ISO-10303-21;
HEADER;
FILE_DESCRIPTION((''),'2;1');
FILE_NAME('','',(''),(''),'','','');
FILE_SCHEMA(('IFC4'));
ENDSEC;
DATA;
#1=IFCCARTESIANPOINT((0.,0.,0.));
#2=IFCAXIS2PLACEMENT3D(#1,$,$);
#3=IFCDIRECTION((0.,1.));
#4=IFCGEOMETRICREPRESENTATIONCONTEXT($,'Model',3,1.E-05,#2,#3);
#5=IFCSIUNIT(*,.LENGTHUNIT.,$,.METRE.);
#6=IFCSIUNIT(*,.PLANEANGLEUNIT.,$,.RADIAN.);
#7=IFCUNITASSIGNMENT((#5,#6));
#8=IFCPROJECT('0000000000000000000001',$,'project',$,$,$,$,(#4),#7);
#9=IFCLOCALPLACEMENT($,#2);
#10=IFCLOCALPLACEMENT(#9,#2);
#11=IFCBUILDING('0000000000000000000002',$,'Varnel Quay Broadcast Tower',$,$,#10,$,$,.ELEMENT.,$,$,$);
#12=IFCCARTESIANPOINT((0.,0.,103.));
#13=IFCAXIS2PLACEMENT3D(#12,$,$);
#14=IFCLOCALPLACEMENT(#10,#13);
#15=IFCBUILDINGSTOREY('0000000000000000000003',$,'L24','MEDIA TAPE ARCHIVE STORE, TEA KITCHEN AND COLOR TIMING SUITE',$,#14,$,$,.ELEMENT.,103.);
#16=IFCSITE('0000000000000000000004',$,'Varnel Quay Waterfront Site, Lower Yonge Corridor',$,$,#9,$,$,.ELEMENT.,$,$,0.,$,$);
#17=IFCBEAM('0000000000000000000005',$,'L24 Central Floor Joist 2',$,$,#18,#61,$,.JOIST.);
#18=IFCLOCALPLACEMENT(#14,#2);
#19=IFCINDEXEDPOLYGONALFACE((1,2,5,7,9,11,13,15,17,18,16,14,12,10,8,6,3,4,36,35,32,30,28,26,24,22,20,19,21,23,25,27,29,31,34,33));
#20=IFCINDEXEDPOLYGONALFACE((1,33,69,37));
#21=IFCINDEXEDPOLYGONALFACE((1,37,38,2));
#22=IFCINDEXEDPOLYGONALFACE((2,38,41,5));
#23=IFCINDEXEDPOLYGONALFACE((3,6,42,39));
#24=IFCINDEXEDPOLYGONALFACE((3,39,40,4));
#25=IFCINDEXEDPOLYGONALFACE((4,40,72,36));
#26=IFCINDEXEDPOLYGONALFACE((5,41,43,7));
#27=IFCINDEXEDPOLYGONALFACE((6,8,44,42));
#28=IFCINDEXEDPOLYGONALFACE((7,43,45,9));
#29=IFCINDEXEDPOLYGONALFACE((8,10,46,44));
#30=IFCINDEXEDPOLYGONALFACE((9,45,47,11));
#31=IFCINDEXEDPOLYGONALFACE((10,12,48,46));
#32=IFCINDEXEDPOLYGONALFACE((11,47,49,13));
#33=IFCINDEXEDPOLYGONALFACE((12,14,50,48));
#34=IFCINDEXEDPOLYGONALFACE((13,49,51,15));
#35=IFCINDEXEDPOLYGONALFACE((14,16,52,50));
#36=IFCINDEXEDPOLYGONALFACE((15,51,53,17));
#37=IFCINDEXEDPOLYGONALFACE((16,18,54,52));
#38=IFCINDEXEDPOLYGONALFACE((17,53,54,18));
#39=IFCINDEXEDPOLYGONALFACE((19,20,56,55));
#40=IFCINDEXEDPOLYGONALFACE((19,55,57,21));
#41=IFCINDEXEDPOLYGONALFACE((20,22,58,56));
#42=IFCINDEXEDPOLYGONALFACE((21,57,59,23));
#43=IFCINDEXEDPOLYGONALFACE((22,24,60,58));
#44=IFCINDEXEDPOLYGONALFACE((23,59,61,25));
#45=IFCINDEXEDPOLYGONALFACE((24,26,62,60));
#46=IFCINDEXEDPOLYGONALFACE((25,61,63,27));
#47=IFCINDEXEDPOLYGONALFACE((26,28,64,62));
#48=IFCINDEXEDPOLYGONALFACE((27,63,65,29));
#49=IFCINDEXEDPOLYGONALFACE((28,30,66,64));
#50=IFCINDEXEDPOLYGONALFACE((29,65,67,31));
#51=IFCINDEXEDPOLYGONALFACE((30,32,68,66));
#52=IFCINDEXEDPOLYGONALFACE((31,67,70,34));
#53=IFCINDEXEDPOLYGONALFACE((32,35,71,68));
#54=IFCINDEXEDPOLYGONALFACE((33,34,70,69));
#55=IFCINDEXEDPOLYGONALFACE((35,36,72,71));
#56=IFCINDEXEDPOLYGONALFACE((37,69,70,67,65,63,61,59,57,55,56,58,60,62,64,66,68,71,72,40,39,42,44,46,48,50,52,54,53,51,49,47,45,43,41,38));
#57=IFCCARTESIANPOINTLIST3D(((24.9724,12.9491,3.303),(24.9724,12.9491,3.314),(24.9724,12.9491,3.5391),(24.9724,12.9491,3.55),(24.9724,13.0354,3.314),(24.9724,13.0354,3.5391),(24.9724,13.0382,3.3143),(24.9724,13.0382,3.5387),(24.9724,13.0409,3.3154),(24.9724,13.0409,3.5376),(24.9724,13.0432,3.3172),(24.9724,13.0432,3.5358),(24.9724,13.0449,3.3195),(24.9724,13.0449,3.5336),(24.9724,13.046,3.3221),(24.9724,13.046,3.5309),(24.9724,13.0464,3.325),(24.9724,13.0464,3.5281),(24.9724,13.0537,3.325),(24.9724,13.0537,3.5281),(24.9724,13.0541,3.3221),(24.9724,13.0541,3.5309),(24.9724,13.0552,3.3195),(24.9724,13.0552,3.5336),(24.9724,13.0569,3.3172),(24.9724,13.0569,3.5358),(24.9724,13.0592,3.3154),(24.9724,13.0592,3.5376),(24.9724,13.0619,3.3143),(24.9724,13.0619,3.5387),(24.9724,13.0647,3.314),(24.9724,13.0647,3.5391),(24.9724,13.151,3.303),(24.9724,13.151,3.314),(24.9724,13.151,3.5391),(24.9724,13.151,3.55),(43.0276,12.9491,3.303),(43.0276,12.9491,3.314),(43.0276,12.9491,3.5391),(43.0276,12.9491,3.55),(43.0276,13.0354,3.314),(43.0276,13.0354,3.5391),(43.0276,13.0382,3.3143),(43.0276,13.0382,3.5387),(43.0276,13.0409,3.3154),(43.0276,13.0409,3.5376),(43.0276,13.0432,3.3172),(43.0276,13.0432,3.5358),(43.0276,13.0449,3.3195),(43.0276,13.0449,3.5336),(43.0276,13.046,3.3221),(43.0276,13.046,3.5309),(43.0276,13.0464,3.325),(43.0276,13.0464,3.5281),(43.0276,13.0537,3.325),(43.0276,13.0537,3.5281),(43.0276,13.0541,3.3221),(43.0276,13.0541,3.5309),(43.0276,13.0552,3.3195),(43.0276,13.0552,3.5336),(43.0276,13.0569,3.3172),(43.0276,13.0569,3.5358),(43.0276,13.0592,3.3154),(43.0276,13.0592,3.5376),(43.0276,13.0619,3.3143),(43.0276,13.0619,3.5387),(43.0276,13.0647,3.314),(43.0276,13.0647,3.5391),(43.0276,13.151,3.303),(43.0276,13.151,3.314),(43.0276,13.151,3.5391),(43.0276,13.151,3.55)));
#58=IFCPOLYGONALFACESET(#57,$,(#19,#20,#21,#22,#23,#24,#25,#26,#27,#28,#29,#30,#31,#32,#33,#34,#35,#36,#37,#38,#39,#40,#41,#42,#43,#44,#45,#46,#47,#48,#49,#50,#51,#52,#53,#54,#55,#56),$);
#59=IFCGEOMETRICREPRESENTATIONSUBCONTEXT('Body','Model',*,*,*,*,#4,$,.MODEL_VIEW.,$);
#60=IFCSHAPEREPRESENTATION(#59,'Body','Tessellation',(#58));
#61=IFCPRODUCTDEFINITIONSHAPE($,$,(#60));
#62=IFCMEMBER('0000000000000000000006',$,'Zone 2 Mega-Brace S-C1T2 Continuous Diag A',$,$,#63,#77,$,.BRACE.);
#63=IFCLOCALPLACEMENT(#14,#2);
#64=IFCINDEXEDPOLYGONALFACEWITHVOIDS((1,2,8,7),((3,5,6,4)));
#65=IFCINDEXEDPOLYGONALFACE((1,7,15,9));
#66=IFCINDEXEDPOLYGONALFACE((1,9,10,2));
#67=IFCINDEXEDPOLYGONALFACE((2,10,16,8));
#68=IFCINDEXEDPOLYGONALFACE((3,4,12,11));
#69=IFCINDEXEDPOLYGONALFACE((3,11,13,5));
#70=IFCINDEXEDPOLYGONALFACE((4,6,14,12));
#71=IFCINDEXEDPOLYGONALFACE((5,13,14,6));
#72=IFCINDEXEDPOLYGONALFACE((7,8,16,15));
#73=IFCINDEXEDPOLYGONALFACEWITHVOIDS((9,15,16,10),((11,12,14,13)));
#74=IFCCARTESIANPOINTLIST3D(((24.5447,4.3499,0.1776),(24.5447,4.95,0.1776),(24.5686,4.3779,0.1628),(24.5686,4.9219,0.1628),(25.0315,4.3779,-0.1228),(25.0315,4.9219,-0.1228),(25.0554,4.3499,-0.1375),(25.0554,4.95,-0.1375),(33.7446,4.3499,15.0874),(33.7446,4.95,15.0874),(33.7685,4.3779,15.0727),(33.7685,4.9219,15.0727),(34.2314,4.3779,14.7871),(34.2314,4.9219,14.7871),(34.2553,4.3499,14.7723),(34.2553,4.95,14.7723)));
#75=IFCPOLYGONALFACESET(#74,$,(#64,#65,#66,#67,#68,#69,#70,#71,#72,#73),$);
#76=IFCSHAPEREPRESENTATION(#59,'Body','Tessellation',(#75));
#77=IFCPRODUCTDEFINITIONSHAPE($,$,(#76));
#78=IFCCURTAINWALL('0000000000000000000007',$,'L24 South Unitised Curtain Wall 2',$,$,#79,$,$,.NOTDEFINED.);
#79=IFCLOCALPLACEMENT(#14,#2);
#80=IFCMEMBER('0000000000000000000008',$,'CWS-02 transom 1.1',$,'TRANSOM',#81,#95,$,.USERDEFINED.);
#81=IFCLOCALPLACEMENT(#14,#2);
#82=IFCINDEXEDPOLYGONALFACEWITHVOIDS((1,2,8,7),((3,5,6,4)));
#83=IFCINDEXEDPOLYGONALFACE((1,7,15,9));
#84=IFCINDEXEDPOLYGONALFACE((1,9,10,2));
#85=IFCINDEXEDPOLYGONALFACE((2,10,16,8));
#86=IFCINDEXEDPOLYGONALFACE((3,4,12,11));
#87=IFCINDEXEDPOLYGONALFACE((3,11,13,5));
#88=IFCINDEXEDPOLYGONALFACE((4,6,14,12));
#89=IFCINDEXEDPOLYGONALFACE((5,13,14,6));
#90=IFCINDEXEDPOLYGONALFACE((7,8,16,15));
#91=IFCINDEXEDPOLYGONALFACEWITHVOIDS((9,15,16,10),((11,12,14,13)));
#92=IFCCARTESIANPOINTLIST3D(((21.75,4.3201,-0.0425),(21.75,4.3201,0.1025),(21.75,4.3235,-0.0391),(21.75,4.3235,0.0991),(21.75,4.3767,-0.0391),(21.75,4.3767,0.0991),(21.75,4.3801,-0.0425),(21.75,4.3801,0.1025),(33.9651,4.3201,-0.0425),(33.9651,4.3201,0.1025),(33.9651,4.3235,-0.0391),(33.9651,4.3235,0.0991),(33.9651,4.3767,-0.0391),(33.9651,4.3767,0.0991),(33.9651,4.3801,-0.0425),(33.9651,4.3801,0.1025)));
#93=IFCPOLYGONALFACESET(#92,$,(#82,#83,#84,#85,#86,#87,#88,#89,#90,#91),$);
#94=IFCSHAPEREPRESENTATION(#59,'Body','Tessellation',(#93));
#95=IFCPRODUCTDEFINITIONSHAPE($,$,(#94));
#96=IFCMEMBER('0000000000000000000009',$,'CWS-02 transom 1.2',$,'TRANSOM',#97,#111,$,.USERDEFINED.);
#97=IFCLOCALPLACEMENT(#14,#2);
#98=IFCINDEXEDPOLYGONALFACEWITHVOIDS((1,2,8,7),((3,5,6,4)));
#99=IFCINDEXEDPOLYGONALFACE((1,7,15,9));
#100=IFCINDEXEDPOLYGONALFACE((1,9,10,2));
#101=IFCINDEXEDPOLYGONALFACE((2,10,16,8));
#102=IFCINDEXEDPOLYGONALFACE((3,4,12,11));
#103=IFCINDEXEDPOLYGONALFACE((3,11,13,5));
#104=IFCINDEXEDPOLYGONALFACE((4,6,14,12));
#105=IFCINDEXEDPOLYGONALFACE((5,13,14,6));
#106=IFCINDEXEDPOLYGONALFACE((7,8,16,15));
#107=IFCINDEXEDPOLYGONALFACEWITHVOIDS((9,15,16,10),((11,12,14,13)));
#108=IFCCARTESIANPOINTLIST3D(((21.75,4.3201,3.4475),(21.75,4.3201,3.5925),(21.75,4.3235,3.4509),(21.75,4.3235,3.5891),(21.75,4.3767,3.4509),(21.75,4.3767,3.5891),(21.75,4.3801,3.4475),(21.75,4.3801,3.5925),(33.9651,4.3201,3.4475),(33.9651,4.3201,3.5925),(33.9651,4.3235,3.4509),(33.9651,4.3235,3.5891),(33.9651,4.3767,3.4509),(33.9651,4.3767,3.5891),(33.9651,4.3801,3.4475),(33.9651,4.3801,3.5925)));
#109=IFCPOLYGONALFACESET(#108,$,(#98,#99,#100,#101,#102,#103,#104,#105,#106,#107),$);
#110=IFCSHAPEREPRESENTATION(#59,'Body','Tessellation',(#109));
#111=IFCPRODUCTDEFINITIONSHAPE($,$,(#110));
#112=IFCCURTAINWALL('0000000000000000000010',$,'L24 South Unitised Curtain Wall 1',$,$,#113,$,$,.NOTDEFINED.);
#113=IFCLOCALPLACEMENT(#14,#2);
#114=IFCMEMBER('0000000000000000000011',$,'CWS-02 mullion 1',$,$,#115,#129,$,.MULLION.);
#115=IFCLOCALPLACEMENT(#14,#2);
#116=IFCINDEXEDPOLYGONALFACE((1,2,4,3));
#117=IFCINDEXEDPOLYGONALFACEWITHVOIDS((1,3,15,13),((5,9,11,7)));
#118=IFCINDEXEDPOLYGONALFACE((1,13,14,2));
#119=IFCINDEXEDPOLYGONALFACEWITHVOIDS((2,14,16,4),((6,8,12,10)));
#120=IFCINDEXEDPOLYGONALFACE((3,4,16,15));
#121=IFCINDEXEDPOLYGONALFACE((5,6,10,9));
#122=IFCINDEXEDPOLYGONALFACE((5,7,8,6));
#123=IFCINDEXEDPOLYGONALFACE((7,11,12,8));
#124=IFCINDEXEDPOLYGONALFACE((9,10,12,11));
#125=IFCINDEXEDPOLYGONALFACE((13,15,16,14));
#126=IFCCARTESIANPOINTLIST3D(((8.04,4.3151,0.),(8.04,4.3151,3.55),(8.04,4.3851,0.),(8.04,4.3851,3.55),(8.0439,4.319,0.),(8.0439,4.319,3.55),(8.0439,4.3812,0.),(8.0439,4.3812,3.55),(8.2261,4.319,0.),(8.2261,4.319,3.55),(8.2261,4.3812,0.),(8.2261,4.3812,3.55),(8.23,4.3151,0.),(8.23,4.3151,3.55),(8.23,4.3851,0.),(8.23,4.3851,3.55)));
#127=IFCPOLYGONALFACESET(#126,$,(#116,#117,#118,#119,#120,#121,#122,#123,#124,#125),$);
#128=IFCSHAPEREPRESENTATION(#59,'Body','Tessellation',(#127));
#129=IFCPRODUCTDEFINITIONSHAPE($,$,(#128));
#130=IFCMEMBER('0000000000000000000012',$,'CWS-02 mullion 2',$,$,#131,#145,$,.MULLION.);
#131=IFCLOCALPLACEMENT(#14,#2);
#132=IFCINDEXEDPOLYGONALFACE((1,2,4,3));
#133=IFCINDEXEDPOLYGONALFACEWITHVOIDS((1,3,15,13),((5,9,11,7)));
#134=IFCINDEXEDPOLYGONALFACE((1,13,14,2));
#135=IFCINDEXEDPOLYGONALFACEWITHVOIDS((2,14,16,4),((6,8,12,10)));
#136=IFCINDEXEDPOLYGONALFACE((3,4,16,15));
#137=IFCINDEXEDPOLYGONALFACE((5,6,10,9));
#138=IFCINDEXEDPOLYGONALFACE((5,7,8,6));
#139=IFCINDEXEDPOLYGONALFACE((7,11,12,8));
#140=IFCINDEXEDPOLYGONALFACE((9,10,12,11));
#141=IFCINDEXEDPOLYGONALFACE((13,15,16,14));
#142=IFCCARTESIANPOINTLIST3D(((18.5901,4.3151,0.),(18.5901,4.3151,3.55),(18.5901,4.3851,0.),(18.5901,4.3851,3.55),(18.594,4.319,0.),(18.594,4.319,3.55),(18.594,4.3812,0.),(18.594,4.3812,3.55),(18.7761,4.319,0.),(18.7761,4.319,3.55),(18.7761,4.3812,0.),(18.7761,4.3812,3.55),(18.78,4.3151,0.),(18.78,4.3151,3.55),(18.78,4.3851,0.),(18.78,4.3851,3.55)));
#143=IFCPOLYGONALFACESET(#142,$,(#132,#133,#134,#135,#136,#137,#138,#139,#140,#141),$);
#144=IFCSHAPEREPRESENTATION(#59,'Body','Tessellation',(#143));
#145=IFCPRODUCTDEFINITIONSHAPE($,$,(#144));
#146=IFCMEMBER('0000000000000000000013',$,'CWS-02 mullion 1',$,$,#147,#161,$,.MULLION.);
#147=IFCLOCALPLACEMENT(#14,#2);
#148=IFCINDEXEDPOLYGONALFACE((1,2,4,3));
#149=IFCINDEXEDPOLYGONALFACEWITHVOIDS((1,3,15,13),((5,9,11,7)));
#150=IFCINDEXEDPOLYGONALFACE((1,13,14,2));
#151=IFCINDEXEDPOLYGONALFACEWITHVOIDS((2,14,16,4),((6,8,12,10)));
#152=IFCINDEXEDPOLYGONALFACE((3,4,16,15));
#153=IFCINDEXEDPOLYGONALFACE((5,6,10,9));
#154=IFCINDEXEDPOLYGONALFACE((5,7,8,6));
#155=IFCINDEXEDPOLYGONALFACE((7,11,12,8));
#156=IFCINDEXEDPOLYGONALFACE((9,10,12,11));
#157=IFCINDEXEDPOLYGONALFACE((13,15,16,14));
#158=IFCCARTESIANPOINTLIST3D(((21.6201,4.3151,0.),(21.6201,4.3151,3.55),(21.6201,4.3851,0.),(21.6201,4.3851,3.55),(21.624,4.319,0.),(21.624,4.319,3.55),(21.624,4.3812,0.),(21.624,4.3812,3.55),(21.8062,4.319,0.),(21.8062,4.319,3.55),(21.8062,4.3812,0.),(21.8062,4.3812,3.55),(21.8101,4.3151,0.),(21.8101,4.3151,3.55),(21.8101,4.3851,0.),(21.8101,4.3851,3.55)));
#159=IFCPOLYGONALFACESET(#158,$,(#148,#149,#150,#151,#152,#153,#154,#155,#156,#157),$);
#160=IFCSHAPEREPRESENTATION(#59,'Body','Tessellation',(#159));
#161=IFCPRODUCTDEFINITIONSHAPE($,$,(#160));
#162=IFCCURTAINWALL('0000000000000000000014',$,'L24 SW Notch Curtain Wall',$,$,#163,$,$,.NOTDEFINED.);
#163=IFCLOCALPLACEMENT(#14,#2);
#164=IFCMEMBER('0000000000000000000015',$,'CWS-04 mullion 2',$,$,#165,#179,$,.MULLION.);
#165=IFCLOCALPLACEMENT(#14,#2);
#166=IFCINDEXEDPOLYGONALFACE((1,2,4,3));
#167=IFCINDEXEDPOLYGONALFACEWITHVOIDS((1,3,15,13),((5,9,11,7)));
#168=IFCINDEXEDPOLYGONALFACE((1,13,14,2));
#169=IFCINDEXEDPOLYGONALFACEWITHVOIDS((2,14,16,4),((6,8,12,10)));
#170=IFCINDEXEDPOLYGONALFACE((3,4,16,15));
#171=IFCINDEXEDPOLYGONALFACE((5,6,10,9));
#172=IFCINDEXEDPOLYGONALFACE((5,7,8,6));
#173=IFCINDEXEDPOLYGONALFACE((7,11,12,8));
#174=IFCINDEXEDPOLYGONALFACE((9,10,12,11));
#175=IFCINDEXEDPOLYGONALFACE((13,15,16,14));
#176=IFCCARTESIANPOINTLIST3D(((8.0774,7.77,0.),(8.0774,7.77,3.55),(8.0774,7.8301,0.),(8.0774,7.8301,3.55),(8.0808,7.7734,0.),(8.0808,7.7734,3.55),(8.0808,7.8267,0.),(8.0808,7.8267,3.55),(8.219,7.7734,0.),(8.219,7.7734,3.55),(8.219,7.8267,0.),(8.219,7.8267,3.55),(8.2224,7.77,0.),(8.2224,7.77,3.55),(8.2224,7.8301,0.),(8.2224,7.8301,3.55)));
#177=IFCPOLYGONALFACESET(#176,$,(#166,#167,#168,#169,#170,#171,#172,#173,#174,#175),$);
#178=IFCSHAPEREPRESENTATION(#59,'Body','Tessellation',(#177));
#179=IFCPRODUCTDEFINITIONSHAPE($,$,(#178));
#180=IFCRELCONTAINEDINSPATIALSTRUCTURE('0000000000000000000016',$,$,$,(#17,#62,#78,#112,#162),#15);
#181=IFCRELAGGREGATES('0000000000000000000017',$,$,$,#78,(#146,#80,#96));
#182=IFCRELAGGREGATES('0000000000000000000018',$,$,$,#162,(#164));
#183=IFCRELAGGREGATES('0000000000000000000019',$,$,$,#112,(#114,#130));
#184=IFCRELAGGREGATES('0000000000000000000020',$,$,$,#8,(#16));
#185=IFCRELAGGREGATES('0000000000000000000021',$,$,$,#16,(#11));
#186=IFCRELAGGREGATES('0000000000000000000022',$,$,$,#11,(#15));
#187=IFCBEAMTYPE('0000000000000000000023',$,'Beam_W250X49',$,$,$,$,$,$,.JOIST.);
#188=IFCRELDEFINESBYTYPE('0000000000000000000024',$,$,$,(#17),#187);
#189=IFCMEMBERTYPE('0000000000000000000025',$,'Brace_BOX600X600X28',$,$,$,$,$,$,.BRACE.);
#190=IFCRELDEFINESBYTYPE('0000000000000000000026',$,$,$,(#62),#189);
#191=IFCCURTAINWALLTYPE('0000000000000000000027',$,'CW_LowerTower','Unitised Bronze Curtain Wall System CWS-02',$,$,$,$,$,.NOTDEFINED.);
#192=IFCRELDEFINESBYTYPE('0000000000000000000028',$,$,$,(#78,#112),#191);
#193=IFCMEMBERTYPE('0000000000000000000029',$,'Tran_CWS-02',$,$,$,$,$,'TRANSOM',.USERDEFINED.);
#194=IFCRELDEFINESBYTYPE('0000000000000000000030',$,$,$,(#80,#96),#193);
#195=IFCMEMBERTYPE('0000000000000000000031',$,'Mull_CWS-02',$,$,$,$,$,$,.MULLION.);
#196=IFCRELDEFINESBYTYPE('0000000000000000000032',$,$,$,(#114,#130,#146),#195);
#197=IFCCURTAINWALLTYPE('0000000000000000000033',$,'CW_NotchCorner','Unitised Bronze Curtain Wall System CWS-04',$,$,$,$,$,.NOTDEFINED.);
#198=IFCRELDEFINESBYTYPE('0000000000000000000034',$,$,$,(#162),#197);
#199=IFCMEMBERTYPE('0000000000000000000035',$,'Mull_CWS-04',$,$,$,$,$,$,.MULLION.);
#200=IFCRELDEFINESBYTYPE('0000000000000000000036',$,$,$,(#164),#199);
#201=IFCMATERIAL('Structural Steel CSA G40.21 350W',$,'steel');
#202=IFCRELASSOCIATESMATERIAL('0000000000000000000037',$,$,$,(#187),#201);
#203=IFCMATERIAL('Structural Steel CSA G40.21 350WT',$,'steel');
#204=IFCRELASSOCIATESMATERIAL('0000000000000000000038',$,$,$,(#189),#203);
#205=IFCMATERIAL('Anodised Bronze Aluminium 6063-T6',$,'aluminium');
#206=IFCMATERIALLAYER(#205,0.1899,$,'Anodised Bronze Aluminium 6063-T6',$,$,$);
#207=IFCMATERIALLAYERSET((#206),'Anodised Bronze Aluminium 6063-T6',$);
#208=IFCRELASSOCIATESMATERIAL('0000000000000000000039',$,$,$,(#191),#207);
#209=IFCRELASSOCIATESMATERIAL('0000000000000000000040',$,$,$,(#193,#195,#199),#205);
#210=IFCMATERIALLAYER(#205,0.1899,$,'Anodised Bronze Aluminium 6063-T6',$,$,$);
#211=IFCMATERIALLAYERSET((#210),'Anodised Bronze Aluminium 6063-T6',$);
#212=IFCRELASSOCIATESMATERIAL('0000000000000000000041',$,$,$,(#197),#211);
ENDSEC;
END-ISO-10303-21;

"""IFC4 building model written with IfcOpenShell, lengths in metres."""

from ifc_helpers import new_model, si_unit, direction, frame, origin, origin_2d, place, context, subcontext, project, spatial, hollow_rectangle, i_section, extrude, source, transform, mapped, material, layer, layer_set, material_profile, profile_set, type_object, type_shapes, element, aggregate, save


model = new_model("IFC4")

# Units and contexts
model_context = context("Model", 3, precision=1e-05, world=origin(), true_north=direction((0.0, 1.0)))
body_context = subcontext(model_context, "Body", "Model", "MODEL_VIEW")
ifc_project = project(units=[si_unit("LENGTHUNIT", "METRE"), si_unit("PLANEANGLEUNIT", "RADIAN")], contexts=[model_context])

# Site, building, storey
site_placement = place(None, origin())
site = spatial("IfcSite", under=ifc_project, at=site_placement, Name="Varnel Quay Waterfront Site, Lower Yonge Corridor", CompositionType="ELEMENT", RefElevation=0.0)
building_placement = place(site_placement, origin())
building = spatial("IfcBuilding", under=site, at=building_placement, Name="Varnel Quay Broadcast Tower", CompositionType="ELEMENT")
storey_placement = place(building_placement, frame((0.0, 0.0, 103.0)))
storey = spatial("IfcBuildingStorey", under=building, at=storey_placement, Name="L24", Description="MEDIA TAPE ARCHIVE STORE, TEA KITCHEN AND COLOR TIMING SUITE", CompositionType="ELEMENT", Elevation=103.0)

# Shared definitions
ifc_material_1 = material(Name="Structural Steel CSA G40.21 350WT", Category="steel")
ifc_material_2 = material(Name="Structural Steel CSA G40.21 350W", Category="steel")

# Beam
ifc_material_profile_1 = material_profile(ifc_material_2, i_section(OverallWidth=0.2019, OverallDepth=0.2471, WebThickness=0.0073, FlangeThickness=0.011, FilletRadius=0.011, at=origin_2d()), Name="W250X49")
ifc_profile_set_1 = profile_set([ifc_material_profile_1], Name="Structural Steel CSA G40.21 350W")
beam_type_1 = type_object("IfcBeamType", Name="Beam_W250X49", PredefinedType="JOIST", material=ifc_profile_set_1)
shared_shape_1 = source(origin(), body_context, "Body", "SweptSolid", [
    extrude(i_section(OverallWidth=0.2019, OverallDepth=0.2471, WebThickness=0.0073, FlangeThickness=0.011, FilletRadius=0.011, at=origin_2d()), origin(), (0.0, 0.0, 1.0), 18.0552),
])
beam_1_placement = place(storey_placement, frame((24.9724, 13.05, 3.4265), z_axis=(1.0, 0.0, 0.0), x_axis=(0.0, 1.0, 0.0)))
element("IfcBeam", 1, at=beam_1_placement, inside=storey, type_object=beam_type_1, Name="L24 Central Floor Joist 2", PredefinedType="JOIST", context=body_context, shape_type="MappedRepresentation", body=[
    mapped(shared_shape_1, transform((0.0, 0.0, 0.0), x_axis=(1.0, 0.0, 0.0), y_axis=(0.0, 1.0, 0.0), z_axis=(0.0, 0.0, 1.0), scale=1.0)),
])

# Member
ifc_material_profile_2 = material_profile(ifc_material_1, hollow_rectangle(XDim=0.6001, YDim=0.6001, WallThickness=0.0281, at=origin_2d()), Name="BOX600X600X28")
ifc_profile_set_2 = profile_set([ifc_material_profile_2], Name="Structural Steel CSA G40.21 350WT")
member_type_1 = type_object("IfcMemberType", Name="Brace_BOX600X600X28", PredefinedType="BRACE", material=ifc_profile_set_2)
shared_shape_2 = source(origin(), body_context, "Body", "SweptSolid", [
    extrude(hollow_rectangle(XDim=0.6001, YDim=0.6001, WallThickness=0.0281, at=origin_2d()), origin(), (0.0, 0.0, 1.0), 17.5198),
])
type_shapes(member_type_1, [shared_shape_2])
member_1_placement = place(storey_placement, frame((24.8, 4.6499, 0.02), z_axis=(0.525116, 0.0, 0.85103), x_axis=(0.0, 1.0, 0.0)))
element("IfcMember", 2, at=member_1_placement, inside=storey, type_object=member_type_1, Name="Zone 2 Mega-Brace S-C1T2 Continuous Diag A", PredefinedType="BRACE", context=body_context, shape_type="MappedRepresentation", body=[
    mapped(shared_shape_2, transform((0.0, 0.0, 0.0), x_axis=(1.0, 0.0, 0.0), y_axis=(0.0, 1.0, 0.0), z_axis=(0.0, 0.0, 1.0), scale=1.0)),
])

# Curtain walls, members
ifc_material_3 = material(Name="Anodised Bronze Aluminium 6063-T6", Category="aluminium")
ifc_layer_1 = layer(ifc_material_3, 0.1899, Name="Anodised Bronze Aluminium 6063-T6")
ifc_layer_set_1 = layer_set([ifc_layer_1], Name="Anodised Bronze Aluminium 6063-T6")
curtain_wall_type_1 = type_object("IfcCurtainWallType", Name="CW_LowerTower", Description="Unitised Bronze Curtain Wall System CWS-02", PredefinedType="NOTDEFINED", material=ifc_layer_set_1)
curtain_wall_1_placement = place(storey_placement, origin())
curtain_wall_1 = element("IfcCurtainWall", 3, at=curtain_wall_1_placement, inside=storey, type_object=curtain_wall_type_1, Name="L24 South Unitised Curtain Wall 2", PredefinedType="NOTDEFINED")
ifc_material_profile_3 = material_profile(ifc_material_3, hollow_rectangle(XDim=0.0601, YDim=0.145, WallThickness=0.0034, at=origin_2d()), Name="ALU60X145X3.5")
ifc_profile_set_3 = profile_set([ifc_material_profile_3], Name="Anodised Bronze Aluminium 6063-T6")
member_type_2 = type_object("IfcMemberType", Name="Tran_CWS-02", ElementType="TRANSOM", PredefinedType="USERDEFINED", material=ifc_profile_set_3)
shared_shape_3 = source(origin(), body_context, "Body", "SweptSolid", [
    extrude(hollow_rectangle(XDim=0.0601, YDim=0.145, WallThickness=0.0034, at=origin_2d()), origin(), (0.0, 0.0, 1.0), 12.2151),
])
member_2_placement = place(storey_placement, frame((21.75, 4.3501, 0.03), z_axis=(1.0, 0.0, 0.0), x_axis=(0.0, 1.0, 0.0)))
member_2 = element("IfcMember", 4, at=member_2_placement, type_object=member_type_2, Name="CWS-02 transom 1.1", ObjectType="TRANSOM", PredefinedType="USERDEFINED", context=body_context, shape_type="MappedRepresentation", body=[
    mapped(shared_shape_3, transform((0.0, 0.0, 0.0), x_axis=(1.0, 0.0, 0.0), y_axis=(0.0, 1.0, 0.0), z_axis=(0.0, 0.0, 1.0), scale=1.0)),
])
member_3_placement = place(storey_placement, frame((21.75, 4.3501, 3.52), z_axis=(1.0, 0.0, 0.0), x_axis=(0.0, 1.0, 0.0)))
member_3 = element("IfcMember", 5, at=member_3_placement, type_object=member_type_2, Name="CWS-02 transom 1.2", ObjectType="TRANSOM", PredefinedType="USERDEFINED", context=body_context, shape_type="MappedRepresentation", body=[
    mapped(shared_shape_3, transform((0.0, 0.0, 0.0), x_axis=(1.0, 0.0, 0.0), y_axis=(0.0, 1.0, 0.0), z_axis=(0.0, 0.0, 1.0), scale=1.0)),
])
curtain_wall_2_placement = place(storey_placement, origin())
curtain_wall_2 = element("IfcCurtainWall", 6, at=curtain_wall_2_placement, inside=storey, type_object=curtain_wall_type_1, Name="L24 South Unitised Curtain Wall 1", PredefinedType="NOTDEFINED")
ifc_material_profile_4 = material_profile(ifc_material_3, hollow_rectangle(XDim=0.0701, YDim=0.1899, WallThickness=0.0039, at=origin_2d()), Name="ALU70X190X4")
ifc_profile_set_4 = profile_set([ifc_material_profile_4], Name="Anodised Bronze Aluminium 6063-T6")
member_type_3 = type_object("IfcMemberType", Name="Mull_CWS-02", PredefinedType="MULLION", material=ifc_profile_set_4)
shared_shape_4 = source(origin(), body_context, "Body", "SweptSolid", [
    extrude(hollow_rectangle(XDim=0.0701, YDim=0.1899, WallThickness=0.0039, at=origin_2d()), origin(), (0.0, 0.0, 1.0), 3.55),
])
type_shapes(member_type_3, [shared_shape_4])
member_4_placement = place(storey_placement, frame((8.135, 4.3501, 0.0), z_axis=(0.0, 0.0, 1.0), x_axis=(0.0, 1.0, 0.0)))
member_4 = element("IfcMember", 7, at=member_4_placement, type_object=member_type_3, Name="CWS-02 mullion 1", PredefinedType="MULLION", context=body_context, shape_type="MappedRepresentation", body=[
    mapped(shared_shape_4, transform((0.0, 0.0, 0.0), x_axis=(1.0, 0.0, 0.0), y_axis=(0.0, 1.0, 0.0), z_axis=(0.0, 0.0, 1.0), scale=1.0)),
])
member_5_placement = place(storey_placement, frame((18.6851, 4.3501, 0.0), z_axis=(0.0, 0.0, 1.0), x_axis=(0.0, 1.0, 0.0)))
member_5 = element("IfcMember", 8, at=member_5_placement, type_object=member_type_3, Name="CWS-02 mullion 2", PredefinedType="MULLION", context=body_context, shape_type="MappedRepresentation", body=[
    mapped(shared_shape_4, transform((0.0, 0.0, 0.0), x_axis=(1.0, 0.0, 0.0), y_axis=(0.0, 1.0, 0.0), z_axis=(0.0, 0.0, 1.0), scale=1.0)),
])

# Member
member_6_placement = place(storey_placement, frame((21.7151, 4.3501, 0.0), z_axis=(0.0, 0.0, 1.0), x_axis=(0.0, 1.0, 0.0)))
member_6 = element("IfcMember", 9, at=member_6_placement, type_object=member_type_3, Name="CWS-02 mullion 1", PredefinedType="MULLION", context=body_context, shape_type="MappedRepresentation", body=[
    mapped(shared_shape_4, transform((0.0, 0.0, 0.0), x_axis=(1.0, 0.0, 0.0), y_axis=(0.0, 1.0, 0.0), z_axis=(0.0, 0.0, 1.0), scale=1.0)),
])
aggregate(curtain_wall_1, [member_6, member_2, member_3])

# Curtain wall, member
ifc_layer_2 = layer(ifc_material_3, 0.1899, Name="Anodised Bronze Aluminium 6063-T6")
ifc_layer_set_2 = layer_set([ifc_layer_2], Name="Anodised Bronze Aluminium 6063-T6")
curtain_wall_type_2 = type_object("IfcCurtainWallType", Name="CW_NotchCorner", Description="Unitised Bronze Curtain Wall System CWS-04", PredefinedType="NOTDEFINED", material=ifc_layer_set_2)
curtain_wall_3_placement = place(storey_placement, origin())
curtain_wall_3 = element("IfcCurtainWall", 10, at=curtain_wall_3_placement, inside=storey, type_object=curtain_wall_type_2, Name="L24 SW Notch Curtain Wall", PredefinedType="NOTDEFINED")
ifc_material_profile_5 = material_profile(ifc_material_3, hollow_rectangle(XDim=0.0601, YDim=0.145, WallThickness=0.0034, at=origin_2d()), Name="ALU60X145X3.5")
ifc_profile_set_5 = profile_set([ifc_material_profile_5], Name="Anodised Bronze Aluminium 6063-T6")
member_type_4 = type_object("IfcMemberType", Name="Mull_CWS-04", PredefinedType="MULLION", material=ifc_profile_set_5)
shared_shape_5 = source(origin(), body_context, "Body", "SweptSolid", [
    extrude(hollow_rectangle(XDim=0.0601, YDim=0.145, WallThickness=0.0034, at=origin_2d()), origin(), (0.0, 0.0, 1.0), 3.55),
])
type_shapes(member_type_4, [shared_shape_5])
member_7_placement = place(storey_placement, frame((8.1499, 7.8, 0.0), z_axis=(0.0, 0.0, 1.0), x_axis=(0.0, 1.0, 0.0)))
member_7 = element("IfcMember", 11, at=member_7_placement, type_object=member_type_4, Name="CWS-04 mullion 2", PredefinedType="MULLION", context=body_context, shape_type="MappedRepresentation", body=[
    mapped(shared_shape_5, transform((0.0, 0.0, 0.0), x_axis=(1.0, 0.0, 0.0), y_axis=(0.0, 1.0, 0.0), z_axis=(0.0, 0.0, 1.0), scale=1.0)),
])

aggregate(curtain_wall_3, [member_7])
aggregate(curtain_wall_2, [member_4, member_5])

save(model, "model.ifc")
